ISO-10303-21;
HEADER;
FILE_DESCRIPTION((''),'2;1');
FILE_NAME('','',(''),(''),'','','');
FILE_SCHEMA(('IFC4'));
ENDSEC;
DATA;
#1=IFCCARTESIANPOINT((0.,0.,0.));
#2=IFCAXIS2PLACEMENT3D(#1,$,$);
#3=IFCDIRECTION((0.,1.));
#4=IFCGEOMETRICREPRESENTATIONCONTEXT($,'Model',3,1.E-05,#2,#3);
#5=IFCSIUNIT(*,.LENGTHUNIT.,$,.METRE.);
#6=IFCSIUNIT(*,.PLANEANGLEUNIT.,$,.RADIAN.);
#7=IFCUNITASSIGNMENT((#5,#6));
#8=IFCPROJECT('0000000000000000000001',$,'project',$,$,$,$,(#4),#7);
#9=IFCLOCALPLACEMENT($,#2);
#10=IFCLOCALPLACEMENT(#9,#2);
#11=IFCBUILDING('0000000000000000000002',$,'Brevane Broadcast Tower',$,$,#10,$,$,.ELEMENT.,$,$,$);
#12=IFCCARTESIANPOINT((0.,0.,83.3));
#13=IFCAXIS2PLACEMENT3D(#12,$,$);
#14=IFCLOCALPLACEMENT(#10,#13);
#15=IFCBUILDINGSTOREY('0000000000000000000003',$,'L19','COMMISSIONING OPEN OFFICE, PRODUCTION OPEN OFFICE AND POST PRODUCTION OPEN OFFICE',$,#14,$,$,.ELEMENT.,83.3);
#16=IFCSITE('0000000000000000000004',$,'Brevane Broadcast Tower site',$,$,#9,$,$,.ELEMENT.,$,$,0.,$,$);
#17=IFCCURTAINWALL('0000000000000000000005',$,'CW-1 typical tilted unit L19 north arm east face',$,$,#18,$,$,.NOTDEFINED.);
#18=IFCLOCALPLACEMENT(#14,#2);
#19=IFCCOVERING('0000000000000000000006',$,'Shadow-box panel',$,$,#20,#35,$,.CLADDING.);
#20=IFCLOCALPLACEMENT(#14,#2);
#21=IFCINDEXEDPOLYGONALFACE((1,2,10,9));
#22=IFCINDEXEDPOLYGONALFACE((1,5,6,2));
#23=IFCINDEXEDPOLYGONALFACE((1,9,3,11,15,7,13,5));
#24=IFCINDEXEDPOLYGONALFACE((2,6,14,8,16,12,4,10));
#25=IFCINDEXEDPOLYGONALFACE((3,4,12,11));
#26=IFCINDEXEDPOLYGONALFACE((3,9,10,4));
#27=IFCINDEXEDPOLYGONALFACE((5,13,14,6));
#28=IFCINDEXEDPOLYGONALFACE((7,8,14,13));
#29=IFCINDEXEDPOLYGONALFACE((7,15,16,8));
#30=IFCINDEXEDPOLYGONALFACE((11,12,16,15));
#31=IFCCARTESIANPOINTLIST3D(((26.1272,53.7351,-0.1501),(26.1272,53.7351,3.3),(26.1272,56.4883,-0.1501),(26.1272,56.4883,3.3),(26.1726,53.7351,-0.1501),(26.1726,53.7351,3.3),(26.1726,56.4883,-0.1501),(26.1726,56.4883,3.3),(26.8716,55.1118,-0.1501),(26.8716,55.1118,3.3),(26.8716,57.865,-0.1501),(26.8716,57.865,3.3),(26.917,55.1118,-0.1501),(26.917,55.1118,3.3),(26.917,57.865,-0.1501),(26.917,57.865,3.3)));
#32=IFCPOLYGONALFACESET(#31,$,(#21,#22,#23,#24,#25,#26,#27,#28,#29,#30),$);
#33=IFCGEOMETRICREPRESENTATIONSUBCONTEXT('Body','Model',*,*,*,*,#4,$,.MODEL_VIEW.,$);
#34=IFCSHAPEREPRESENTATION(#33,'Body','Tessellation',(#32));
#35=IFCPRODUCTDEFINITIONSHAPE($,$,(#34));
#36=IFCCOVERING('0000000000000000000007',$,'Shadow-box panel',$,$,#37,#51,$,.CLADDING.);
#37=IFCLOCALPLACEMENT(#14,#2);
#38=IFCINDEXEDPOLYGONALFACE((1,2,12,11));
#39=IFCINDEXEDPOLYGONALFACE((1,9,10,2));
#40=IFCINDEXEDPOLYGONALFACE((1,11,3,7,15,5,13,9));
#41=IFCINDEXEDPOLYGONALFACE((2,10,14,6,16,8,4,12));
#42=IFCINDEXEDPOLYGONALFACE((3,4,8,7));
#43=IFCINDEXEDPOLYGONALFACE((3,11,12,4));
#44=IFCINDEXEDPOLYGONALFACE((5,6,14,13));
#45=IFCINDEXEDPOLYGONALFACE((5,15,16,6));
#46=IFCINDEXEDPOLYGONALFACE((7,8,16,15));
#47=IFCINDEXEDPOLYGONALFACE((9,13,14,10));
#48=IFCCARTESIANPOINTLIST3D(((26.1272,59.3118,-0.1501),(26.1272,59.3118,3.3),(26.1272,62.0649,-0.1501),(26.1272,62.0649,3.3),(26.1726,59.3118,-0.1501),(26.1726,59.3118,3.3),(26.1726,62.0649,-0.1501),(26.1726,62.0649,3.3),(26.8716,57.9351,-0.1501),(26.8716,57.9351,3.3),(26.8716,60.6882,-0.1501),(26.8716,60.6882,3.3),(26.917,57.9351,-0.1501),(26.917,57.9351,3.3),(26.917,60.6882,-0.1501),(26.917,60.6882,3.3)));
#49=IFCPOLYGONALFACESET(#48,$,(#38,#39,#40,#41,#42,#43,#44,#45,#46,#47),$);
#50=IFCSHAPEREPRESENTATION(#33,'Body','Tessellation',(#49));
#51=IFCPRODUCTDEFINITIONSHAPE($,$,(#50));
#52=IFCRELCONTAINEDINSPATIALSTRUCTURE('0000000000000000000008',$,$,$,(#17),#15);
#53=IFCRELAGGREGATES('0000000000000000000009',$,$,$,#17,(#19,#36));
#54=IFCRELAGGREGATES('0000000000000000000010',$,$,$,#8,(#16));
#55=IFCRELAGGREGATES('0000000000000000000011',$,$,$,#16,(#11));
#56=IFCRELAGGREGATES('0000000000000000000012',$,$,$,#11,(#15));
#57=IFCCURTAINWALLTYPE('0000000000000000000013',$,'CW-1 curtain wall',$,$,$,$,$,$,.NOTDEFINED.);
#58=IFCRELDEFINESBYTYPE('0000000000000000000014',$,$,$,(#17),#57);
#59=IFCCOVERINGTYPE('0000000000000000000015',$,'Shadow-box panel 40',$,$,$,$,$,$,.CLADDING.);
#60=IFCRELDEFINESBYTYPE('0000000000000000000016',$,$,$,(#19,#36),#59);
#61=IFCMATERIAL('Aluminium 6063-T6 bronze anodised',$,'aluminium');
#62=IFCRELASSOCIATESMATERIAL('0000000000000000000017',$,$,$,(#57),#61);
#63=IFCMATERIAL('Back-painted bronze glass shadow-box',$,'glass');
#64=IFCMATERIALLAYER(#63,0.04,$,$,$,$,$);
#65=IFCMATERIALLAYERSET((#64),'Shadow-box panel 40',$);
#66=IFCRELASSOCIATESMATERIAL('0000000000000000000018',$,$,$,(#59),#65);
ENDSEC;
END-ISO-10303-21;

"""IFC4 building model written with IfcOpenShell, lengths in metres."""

from ifc_helpers import new_model, si_unit, direction, frame, origin, place, context, subcontext, project, spatial, polyline, outline, extrude, material, layer, layer_set, type_object, element, aggregate, save


model = new_model("IFC4")

# Units and contexts
model_context = context("Model", 3, precision=1e-05, world=origin(), true_north=direction((0.0, 1.0)))
body_context = subcontext(model_context, "Body", "Model", "MODEL_VIEW")
ifc_project = project(units=[si_unit("LENGTHUNIT", "METRE"), si_unit("PLANEANGLEUNIT", "RADIAN")], contexts=[model_context])

# Site, building, storey
site_placement = place(None, origin())
site = spatial("IfcSite", under=ifc_project, at=site_placement, Name="Brevane Broadcast Tower site", CompositionType="ELEMENT", RefElevation=0.0)
building_placement = place(site_placement, origin())
building = spatial("IfcBuilding", under=site, at=building_placement, Name="Brevane Broadcast Tower", CompositionType="ELEMENT")
storey_placement = place(building_placement, frame((0.0, 0.0, 83.3)))
storey = spatial("IfcBuildingStorey", under=building, at=storey_placement, Name="L19", Description="COMMISSIONING OPEN OFFICE, PRODUCTION OPEN OFFICE AND POST PRODUCTION OPEN OFFICE", CompositionType="ELEMENT", Elevation=83.3)

# Shared definitions
ifc_material_1 = material(Name="Aluminium 6063-T6 bronze anodised", Category="aluminium")
curtain_wall_type = type_object("IfcCurtainWallType", Name="CW-1 curtain wall", PredefinedType="NOTDEFINED", material=ifc_material_1)

# Curtain wall, coverings
ifc_material_2 = material(Name="Back-painted bronze glass shadow-box", Category="glass")
ifc_layer_1 = layer(ifc_material_2, 0.04)
ifc_layer_set_1 = layer_set([ifc_layer_1], Name="Shadow-box panel 40")
covering_type = type_object("IfcCoveringType", Name="Shadow-box panel 40", PredefinedType="CLADDING", material=ifc_layer_set_1)
curtain_wall_1_placement = place(storey_placement, origin())
curtain_wall_1 = element("IfcCurtainWall", 1, at=curtain_wall_1_placement, inside=storey, type_object=curtain_wall_type, Name="CW-1 typical tilted unit L19 north arm east face", PredefinedType="NOTDEFINED")
covering_1_placement = place(storey_placement, frame((0.0, 0.0, -0.1501)))
covering_1 = element("IfcCovering", 2, at=covering_1_placement, type_object=covering_type, Name="Shadow-box panel", PredefinedType="CLADDING", context=body_context, shape_type="SweptSolid", body=[
    extrude(outline(polyline([(26.1272, 53.7351), (26.1726, 53.7351), (26.917, 55.1118), (26.1726, 56.4883), (26.917, 57.865), (26.8716, 57.865), (26.1272, 56.4883), (26.8716, 55.1118), (26.1272, 53.7351)])), origin(), (0.0, 0.0, 1.0), 3.4502),
])
covering_2_placement = place(storey_placement, frame((0.0, 0.0, -0.1501)))
covering_2 = element("IfcCovering", 3, at=covering_2_placement, type_object=covering_type, Name="Shadow-box panel", PredefinedType="CLADDING", context=body_context, shape_type="SweptSolid", body=[
    extrude(outline(polyline([(26.8716, 57.9351), (26.917, 57.9351), (26.1726, 59.3118), (26.917, 60.6882), (26.1726, 62.0649), (26.1272, 62.0649), (26.8716, 60.6882), (26.1272, 59.3118), (26.8716, 57.9351)])), origin(), (0.0, 0.0, 1.0), 3.4502),
])
aggregate(curtain_wall_1, [covering_1, covering_2])

save(model, "model.ifc")
